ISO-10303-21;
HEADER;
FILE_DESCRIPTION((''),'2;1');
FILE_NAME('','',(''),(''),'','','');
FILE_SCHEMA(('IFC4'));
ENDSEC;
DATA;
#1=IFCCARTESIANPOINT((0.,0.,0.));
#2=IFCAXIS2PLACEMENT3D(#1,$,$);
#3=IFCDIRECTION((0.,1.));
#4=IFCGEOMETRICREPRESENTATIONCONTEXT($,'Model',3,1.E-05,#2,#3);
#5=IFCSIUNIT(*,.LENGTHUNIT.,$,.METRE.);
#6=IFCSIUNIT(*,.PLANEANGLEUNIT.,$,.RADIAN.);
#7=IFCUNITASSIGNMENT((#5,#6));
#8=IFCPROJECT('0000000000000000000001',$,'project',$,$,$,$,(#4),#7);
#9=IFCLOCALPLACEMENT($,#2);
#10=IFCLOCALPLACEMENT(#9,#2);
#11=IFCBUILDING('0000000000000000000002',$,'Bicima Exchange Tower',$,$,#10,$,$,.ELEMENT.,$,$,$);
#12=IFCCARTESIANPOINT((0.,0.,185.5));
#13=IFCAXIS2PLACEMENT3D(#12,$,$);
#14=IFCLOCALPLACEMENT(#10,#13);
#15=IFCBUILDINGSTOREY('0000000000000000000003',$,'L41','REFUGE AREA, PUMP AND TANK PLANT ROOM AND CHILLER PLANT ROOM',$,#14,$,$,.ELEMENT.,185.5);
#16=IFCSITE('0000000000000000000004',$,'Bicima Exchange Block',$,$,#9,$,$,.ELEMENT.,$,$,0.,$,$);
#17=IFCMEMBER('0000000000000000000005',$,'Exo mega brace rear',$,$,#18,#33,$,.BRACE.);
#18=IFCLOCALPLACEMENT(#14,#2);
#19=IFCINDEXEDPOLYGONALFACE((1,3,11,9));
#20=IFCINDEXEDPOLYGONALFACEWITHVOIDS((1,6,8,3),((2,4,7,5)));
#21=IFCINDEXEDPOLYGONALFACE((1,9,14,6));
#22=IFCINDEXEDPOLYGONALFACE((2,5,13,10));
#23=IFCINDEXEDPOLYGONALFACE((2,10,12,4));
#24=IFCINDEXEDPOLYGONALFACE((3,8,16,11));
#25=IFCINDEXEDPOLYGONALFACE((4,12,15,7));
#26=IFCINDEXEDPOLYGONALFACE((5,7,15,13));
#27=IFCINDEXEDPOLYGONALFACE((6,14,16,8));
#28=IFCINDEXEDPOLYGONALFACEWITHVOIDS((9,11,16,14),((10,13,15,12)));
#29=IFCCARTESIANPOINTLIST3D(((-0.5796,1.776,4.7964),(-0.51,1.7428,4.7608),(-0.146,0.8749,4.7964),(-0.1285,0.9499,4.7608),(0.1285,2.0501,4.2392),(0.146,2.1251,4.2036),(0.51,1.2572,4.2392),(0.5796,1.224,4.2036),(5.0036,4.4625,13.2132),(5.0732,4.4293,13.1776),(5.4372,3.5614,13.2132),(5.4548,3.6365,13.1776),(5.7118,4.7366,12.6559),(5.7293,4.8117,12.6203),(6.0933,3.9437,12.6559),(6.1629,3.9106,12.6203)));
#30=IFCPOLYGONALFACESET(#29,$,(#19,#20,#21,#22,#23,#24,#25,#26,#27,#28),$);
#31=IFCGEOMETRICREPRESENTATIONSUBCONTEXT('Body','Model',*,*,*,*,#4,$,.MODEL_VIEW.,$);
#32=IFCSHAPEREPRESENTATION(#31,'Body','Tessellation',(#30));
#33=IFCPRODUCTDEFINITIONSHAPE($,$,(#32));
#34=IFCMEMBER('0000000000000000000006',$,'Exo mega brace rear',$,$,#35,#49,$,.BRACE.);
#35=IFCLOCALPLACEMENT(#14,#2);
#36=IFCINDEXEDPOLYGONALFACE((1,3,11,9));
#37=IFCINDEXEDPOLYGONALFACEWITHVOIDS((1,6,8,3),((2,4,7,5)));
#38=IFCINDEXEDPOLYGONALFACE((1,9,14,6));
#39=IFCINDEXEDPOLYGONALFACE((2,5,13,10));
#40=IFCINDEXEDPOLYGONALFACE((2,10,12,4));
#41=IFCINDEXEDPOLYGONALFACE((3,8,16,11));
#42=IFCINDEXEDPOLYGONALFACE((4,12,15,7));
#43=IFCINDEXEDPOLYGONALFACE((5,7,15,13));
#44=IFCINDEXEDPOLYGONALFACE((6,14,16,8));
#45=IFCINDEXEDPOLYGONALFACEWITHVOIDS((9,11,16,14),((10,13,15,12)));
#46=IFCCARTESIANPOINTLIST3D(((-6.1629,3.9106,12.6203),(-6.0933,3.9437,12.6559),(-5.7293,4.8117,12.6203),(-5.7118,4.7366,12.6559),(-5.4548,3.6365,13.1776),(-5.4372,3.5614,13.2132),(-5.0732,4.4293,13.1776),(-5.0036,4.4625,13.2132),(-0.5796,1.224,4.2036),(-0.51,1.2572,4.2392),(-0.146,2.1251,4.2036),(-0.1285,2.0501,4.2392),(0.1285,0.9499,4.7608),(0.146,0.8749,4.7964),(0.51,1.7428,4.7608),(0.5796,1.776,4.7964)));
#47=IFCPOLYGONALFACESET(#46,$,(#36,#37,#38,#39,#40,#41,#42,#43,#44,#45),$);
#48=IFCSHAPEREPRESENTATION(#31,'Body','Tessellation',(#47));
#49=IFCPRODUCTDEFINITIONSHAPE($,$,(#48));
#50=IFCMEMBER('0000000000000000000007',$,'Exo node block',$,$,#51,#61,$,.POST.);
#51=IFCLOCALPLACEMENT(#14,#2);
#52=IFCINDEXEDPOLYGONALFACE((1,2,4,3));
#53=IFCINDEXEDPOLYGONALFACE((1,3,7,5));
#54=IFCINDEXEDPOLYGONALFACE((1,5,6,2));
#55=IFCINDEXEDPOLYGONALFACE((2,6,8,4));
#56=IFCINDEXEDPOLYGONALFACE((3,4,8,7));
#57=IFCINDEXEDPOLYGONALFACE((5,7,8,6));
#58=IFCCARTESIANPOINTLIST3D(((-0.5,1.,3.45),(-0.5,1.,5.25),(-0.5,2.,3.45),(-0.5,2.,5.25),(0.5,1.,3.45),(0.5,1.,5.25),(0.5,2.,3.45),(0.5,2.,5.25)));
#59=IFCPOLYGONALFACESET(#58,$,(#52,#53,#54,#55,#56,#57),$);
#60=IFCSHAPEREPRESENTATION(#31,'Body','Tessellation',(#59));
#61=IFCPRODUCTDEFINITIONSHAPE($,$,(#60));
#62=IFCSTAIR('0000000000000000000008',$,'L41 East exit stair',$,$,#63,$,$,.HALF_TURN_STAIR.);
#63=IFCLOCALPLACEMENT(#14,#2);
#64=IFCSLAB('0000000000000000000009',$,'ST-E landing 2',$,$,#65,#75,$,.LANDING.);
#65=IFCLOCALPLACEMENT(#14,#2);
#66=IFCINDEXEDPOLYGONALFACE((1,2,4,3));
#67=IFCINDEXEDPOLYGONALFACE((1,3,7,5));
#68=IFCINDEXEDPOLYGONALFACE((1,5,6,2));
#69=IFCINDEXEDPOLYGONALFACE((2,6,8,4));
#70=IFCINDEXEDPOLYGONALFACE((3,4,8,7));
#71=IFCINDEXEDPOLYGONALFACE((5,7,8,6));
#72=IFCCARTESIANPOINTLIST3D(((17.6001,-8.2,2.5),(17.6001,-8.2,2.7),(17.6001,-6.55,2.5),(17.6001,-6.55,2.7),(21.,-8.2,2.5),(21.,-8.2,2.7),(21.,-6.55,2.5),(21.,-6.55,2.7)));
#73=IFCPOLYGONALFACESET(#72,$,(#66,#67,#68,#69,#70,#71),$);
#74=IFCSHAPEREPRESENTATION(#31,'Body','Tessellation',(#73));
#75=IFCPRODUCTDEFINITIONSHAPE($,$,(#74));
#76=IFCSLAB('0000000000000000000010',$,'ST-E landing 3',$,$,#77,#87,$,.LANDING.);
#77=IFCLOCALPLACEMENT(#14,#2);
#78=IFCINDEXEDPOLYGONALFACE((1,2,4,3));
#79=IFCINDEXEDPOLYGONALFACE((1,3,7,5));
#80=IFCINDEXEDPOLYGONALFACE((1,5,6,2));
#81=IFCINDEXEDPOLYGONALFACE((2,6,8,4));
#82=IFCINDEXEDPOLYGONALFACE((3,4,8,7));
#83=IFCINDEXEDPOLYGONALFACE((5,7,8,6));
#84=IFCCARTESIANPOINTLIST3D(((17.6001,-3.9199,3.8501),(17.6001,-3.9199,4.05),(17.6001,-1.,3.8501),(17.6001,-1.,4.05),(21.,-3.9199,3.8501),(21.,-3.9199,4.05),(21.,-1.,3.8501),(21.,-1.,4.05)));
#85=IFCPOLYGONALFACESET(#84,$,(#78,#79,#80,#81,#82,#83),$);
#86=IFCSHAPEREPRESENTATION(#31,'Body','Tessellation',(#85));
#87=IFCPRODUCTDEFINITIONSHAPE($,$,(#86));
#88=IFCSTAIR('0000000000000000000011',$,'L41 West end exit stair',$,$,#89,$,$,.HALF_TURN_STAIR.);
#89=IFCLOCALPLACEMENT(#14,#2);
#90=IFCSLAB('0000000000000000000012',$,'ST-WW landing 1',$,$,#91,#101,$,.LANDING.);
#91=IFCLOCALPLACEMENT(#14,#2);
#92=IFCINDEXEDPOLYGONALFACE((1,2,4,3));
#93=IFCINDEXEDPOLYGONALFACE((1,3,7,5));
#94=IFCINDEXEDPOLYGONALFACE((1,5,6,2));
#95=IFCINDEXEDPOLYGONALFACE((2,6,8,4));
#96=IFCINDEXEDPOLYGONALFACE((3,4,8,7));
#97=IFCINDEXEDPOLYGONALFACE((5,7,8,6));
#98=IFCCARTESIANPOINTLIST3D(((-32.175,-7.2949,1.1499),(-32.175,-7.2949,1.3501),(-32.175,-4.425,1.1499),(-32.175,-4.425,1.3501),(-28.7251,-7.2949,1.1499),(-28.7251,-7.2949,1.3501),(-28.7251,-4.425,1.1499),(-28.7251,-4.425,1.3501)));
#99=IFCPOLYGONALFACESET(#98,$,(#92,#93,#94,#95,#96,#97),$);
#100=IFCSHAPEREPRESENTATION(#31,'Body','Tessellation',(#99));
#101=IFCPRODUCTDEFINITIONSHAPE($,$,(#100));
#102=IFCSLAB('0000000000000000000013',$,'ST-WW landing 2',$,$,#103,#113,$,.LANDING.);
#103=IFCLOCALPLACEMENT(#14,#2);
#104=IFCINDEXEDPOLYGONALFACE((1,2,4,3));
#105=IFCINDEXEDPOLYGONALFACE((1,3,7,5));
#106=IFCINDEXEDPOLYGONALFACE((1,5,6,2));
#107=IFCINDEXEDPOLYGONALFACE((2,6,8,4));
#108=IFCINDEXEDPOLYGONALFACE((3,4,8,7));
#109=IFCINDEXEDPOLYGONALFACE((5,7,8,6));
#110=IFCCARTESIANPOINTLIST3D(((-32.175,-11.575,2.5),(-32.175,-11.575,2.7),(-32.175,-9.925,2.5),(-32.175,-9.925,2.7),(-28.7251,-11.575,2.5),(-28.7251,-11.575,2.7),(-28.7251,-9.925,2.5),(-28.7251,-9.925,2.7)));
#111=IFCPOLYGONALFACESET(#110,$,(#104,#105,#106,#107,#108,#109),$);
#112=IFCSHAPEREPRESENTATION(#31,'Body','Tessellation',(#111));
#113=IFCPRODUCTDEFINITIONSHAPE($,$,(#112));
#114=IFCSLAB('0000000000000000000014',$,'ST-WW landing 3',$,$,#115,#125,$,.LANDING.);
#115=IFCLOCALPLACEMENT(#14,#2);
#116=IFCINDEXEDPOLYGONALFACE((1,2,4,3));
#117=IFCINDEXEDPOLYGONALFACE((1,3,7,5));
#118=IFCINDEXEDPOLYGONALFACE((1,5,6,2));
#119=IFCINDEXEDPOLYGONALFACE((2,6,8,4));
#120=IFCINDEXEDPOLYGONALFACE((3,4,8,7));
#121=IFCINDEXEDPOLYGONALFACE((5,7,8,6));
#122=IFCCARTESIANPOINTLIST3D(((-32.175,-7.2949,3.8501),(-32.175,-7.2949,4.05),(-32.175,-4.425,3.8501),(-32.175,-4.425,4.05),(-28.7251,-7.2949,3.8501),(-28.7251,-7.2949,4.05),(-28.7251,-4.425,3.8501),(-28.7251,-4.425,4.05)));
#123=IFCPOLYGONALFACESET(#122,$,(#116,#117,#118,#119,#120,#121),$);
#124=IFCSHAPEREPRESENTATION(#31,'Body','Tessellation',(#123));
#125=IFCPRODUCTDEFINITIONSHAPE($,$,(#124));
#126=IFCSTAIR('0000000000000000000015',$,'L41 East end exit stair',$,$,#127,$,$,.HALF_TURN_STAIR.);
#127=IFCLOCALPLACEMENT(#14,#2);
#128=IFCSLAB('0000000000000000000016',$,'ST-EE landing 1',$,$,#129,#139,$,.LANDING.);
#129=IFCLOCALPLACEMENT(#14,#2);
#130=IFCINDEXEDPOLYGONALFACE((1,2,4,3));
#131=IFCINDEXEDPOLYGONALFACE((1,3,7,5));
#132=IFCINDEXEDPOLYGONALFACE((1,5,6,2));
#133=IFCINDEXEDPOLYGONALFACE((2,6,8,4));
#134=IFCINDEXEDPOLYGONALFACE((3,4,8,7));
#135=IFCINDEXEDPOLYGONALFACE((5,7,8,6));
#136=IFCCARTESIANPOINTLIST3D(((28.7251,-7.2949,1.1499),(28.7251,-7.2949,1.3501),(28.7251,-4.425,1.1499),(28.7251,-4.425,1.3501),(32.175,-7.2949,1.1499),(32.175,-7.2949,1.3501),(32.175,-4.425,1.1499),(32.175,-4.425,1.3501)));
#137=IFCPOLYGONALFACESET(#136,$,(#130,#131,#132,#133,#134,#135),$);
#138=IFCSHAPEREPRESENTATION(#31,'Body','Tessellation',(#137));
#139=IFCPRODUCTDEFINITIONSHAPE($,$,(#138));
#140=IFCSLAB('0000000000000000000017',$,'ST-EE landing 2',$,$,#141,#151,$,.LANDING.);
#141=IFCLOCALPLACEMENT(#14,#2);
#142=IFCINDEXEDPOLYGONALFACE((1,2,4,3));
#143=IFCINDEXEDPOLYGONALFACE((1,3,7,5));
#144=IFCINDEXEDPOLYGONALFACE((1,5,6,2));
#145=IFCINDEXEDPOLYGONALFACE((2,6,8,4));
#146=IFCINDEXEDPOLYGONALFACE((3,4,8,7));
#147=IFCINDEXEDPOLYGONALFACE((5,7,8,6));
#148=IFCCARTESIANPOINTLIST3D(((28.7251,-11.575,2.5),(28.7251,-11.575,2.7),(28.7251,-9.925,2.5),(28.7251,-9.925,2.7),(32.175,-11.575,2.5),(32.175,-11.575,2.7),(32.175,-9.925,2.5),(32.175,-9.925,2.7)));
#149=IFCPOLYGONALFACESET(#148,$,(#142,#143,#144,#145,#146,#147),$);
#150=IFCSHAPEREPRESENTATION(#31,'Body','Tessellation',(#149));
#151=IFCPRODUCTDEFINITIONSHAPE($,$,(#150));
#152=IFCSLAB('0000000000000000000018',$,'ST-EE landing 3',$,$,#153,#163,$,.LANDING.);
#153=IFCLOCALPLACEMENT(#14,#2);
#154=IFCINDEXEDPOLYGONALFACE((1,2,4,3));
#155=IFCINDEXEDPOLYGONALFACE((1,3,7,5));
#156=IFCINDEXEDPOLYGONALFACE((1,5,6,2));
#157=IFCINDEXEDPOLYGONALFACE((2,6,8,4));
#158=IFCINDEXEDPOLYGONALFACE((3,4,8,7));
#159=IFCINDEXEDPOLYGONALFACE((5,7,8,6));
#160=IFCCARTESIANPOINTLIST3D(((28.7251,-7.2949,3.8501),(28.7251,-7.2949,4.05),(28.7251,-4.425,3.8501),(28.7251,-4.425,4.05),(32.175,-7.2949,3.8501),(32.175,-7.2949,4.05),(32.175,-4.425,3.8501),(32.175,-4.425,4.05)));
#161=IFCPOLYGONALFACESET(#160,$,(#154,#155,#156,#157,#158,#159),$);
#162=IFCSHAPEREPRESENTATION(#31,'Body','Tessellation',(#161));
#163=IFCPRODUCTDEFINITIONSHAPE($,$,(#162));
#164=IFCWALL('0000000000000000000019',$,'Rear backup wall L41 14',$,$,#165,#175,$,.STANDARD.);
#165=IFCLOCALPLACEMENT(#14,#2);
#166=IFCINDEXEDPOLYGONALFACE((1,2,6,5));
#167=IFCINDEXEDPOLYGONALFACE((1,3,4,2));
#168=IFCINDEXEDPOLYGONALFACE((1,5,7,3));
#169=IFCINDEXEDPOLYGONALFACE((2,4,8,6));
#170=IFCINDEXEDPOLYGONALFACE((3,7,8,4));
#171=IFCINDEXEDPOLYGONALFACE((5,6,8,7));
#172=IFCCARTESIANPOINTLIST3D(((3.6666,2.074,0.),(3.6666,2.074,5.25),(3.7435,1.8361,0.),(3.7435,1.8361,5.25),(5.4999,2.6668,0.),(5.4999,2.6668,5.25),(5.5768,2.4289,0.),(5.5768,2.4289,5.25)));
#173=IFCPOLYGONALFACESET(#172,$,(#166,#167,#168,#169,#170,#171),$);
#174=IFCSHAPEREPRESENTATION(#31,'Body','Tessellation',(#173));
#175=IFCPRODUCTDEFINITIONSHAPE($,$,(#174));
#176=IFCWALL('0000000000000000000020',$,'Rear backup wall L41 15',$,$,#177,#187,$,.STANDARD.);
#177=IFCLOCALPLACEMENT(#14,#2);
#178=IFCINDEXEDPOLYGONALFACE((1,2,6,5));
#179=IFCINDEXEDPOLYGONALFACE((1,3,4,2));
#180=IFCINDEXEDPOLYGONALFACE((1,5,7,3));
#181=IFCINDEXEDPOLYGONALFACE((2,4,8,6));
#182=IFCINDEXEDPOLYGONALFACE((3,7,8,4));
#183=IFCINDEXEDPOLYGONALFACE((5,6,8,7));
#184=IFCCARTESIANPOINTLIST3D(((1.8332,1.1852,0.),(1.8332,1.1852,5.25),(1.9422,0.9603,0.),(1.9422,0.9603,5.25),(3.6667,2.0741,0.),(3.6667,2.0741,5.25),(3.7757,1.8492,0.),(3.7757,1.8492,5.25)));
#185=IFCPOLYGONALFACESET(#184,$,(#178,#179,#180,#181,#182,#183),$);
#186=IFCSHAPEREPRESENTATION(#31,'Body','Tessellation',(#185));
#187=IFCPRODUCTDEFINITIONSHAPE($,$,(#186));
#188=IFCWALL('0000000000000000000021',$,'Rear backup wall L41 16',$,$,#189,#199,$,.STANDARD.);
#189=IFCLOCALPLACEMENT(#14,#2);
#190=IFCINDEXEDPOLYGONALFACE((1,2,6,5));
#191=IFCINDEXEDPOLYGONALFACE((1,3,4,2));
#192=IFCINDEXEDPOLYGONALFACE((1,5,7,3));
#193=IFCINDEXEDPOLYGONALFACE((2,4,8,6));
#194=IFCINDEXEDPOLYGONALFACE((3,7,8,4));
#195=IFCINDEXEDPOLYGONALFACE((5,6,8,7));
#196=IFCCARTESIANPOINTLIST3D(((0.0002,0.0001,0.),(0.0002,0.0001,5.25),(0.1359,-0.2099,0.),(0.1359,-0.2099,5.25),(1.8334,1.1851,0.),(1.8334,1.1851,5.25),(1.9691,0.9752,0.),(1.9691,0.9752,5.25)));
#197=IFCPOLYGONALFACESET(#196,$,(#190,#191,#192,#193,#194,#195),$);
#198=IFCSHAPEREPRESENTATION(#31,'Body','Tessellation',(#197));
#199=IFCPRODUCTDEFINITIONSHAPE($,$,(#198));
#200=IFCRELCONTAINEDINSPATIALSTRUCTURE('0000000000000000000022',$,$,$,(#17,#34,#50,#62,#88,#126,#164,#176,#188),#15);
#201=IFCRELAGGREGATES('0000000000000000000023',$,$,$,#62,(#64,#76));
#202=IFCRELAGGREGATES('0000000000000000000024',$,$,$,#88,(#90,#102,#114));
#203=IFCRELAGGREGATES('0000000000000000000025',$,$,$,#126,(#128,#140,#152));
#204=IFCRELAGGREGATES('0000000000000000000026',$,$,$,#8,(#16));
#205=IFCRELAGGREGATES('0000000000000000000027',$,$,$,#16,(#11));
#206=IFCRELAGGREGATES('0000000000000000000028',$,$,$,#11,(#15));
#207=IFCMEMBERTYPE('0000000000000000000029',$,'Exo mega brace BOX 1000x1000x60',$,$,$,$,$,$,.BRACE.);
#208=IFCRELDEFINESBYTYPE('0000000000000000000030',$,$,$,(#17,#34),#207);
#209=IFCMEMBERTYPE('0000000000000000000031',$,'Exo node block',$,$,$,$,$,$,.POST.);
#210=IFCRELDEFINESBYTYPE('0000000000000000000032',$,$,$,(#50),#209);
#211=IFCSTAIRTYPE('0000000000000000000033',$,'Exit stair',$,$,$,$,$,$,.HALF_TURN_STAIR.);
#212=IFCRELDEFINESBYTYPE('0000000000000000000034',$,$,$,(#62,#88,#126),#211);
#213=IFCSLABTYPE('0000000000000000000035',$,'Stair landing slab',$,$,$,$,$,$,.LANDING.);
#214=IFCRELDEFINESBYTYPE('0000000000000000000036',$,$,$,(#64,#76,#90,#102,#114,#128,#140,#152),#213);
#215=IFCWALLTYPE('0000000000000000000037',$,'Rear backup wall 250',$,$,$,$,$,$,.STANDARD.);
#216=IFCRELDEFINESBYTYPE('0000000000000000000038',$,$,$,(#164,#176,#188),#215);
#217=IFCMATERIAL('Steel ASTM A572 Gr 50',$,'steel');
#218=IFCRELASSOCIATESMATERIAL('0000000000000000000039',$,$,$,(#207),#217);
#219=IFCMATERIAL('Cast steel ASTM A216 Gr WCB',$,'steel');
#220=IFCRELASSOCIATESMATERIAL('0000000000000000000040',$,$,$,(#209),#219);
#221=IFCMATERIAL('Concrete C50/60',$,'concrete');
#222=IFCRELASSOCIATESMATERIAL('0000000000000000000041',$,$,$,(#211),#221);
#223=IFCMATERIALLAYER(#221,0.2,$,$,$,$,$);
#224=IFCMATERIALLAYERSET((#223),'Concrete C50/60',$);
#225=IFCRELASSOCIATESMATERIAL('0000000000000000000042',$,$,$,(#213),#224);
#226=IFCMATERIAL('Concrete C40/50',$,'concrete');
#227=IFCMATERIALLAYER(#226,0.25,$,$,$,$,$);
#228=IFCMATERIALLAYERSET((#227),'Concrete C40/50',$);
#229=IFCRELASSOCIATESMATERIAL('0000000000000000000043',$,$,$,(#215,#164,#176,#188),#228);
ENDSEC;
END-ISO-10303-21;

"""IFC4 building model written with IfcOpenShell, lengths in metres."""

from ifc_helpers import new_model, si_unit, direction, frame, frame_2d, origin, origin_2d, place, context, subcontext, project, spatial, polyline, rectangle, hollow_rectangle, outline, extrude, material, layer, layer_set, layer_usage, material_profile, profile_set, type_object, element, aggregate, save


model = new_model("IFC4")

# Units and contexts
model_context = context("Model", 3, precision=1e-05, world=origin(), true_north=direction((0.0, 1.0)))
body_context = subcontext(model_context, "Body", "Model", "MODEL_VIEW")
ifc_project = project(units=[si_unit("LENGTHUNIT", "METRE"), si_unit("PLANEANGLEUNIT", "RADIAN")], contexts=[model_context])

# Site, building, storey
site_placement = place(None, origin())
site = spatial("IfcSite", under=ifc_project, at=site_placement, Name="Bicima Exchange Block", CompositionType="ELEMENT", RefElevation=0.0)
building_placement = place(site_placement, origin())
building = spatial("IfcBuilding", under=site, at=building_placement, Name="Bicima Exchange Tower", CompositionType="ELEMENT")
storey_placement = place(building_placement, frame((0.0, 0.0, 185.5)))
storey = spatial("IfcBuildingStorey", under=building, at=storey_placement, Name="L41", Description="REFUGE AREA, PUMP AND TANK PLANT ROOM AND CHILLER PLANT ROOM", CompositionType="ELEMENT", Elevation=185.5)

# Members
ifc_material_1 = material(Name="Steel ASTM A572 Gr 50", Category="steel")
ifc_material_profile_1 = material_profile(ifc_material_1, hollow_rectangle(XDim=1.0, YDim=1.0, WallThickness=0.0601, at=origin_2d()))
ifc_profile_set_1 = profile_set([ifc_material_profile_1], Name="Steel ASTM A572 Gr 50")
member_type_1 = type_object("IfcMemberType", Name="Exo mega brace BOX 1000x1000x60", PredefinedType="BRACE", material=ifc_profile_set_1)
for number, where, z_axis, x_axis, name in (
    (1, (0.0, 1.5, 4.5), (0.534211, 0.257049, 0.805323), (-0.433592, 0.901109, 0.0), "Exo mega brace rear"),
    (2, (0.0, 1.5, 4.5), (-0.534211, 0.257049, 0.805323), (-0.433592, -0.901109, 0.0), "Exo mega brace rear"),
):
    element("IfcMember", number, at=place(storey_placement, frame(where, z_axis=z_axis, x_axis=x_axis)), inside=storey, type_object=member_type_1, Name=name, PredefinedType="BRACE", context=body_context, shape_type="SweptSolid", body=[
        extrude(hollow_rectangle(XDim=1.0, YDim=1.0, WallThickness=0.0601, at=origin_2d()), origin(), (0.0, 0.0, 1.0), 10.4514),
    ])
ifc_material_2 = material(Name="Cast steel ASTM A216 Gr WCB", Category="steel")
ifc_material_profile_2 = material_profile(ifc_material_2, rectangle(XDim=1.0, YDim=1.0, at=origin_2d()))
ifc_profile_set_2 = profile_set([ifc_material_profile_2], Name="Cast steel ASTM A216 Gr WCB")
member_type_2 = type_object("IfcMemberType", Name="Exo node block", PredefinedType="POST", material=ifc_profile_set_2)
member_placement = place(storey_placement, frame((0.0, 1.5, 3.45), z_axis=(0.0, 0.0, 1.0), x_axis=(1.0, 0.0, 0.0)))
element("IfcMember", 3, at=member_placement, inside=storey, type_object=member_type_2, Name="Exo node block", PredefinedType="POST", context=body_context, shape_type="SweptSolid", body=[
    extrude(rectangle(XDim=1.0, YDim=1.0, at=origin_2d()), origin(), (0.0, 0.0, 1.0), 1.8),
])

# Stairs, slabs
ifc_material_3 = material(Name="Concrete C50/60", Category="concrete")
stair_type = type_object("IfcStairType", Name="Exit stair", PredefinedType="HALF_TURN_STAIR", material=ifc_material_3)
stair_1_placement = place(storey_placement, origin())
stair_1 = element("IfcStair", 4, at=stair_1_placement, inside=storey, type_object=stair_type, Name="L41 East exit stair", PredefinedType="HALF_TURN_STAIR")
ifc_layer_1 = layer(ifc_material_3, 0.2)
ifc_layer_set_1 = layer_set([ifc_layer_1], Name="Concrete C50/60")
slab_type = type_object("IfcSlabType", Name="Stair landing slab", PredefinedType="LANDING", material=ifc_layer_set_1)
slab_1_placement = place(storey_placement, frame((0.0, 0.0, 2.5)))
slab_1 = element("IfcSlab", 5, at=slab_1_placement, type_object=slab_type, Name="ST-E landing 2", PredefinedType="LANDING", context=body_context, shape_type="SweptSolid", body=[
    extrude(outline(polyline([(21.0, -8.2), (21.0, -6.55), (17.6001, -6.55), (17.6001, -8.2), (21.0, -8.2)])), origin(), (0.0, 0.0, 1.0), 0.2),
])
slab_2_placement = place(storey_placement, frame((0.0, 0.0, 3.8501)))
slab_2 = element("IfcSlab", 6, at=slab_2_placement, type_object=slab_type, Name="ST-E landing 3", PredefinedType="LANDING", context=body_context, shape_type="SweptSolid", body=[
    extrude(outline(polyline([(21.0, -3.9199), (21.0, -1.0), (17.6001, -1.0), (17.6001, -3.9199), (21.0, -3.9199)])), origin(), (0.0, 0.0, 1.0), 0.2),
])
aggregate(stair_1, [slab_1, slab_2])
stair_2_placement = place(storey_placement, origin())
stair_2 = element("IfcStair", 7, at=stair_2_placement, inside=storey, type_object=stair_type, Name="L41 West end exit stair", PredefinedType="HALF_TURN_STAIR")
slab_3_placement = place(storey_placement, frame((0.0, 0.0, 1.1499)))
slab_3 = element("IfcSlab", 8, at=slab_3_placement, type_object=slab_type, Name="ST-WW landing 1", PredefinedType="LANDING", context=body_context, shape_type="SweptSolid", body=[
    extrude(outline(polyline([(-28.7251, -7.2949), (-28.7251, -4.425), (-32.175, -4.425), (-32.175, -7.2949), (-28.7251, -7.2949)])), origin(), (0.0, 0.0, 1.0), 0.2002),
])
slab_4_placement = place(storey_placement, frame((0.0, 0.0, 2.5)))
slab_4 = element("IfcSlab", 9, at=slab_4_placement, type_object=slab_type, Name="ST-WW landing 2", PredefinedType="LANDING", context=body_context, shape_type="SweptSolid", body=[
    extrude(outline(polyline([(-28.7251, -11.575), (-28.7251, -9.925), (-32.175, -9.925), (-32.175, -11.575), (-28.7251, -11.575)])), origin(), (0.0, 0.0, 1.0), 0.2),
])
slab_5_placement = place(storey_placement, frame((0.0, 0.0, 3.8501)))
slab_5 = element("IfcSlab", 10, at=slab_5_placement, type_object=slab_type, Name="ST-WW landing 3", PredefinedType="LANDING", context=body_context, shape_type="SweptSolid", body=[
    extrude(outline(polyline([(-28.7251, -7.2949), (-28.7251, -4.425), (-32.175, -4.425), (-32.175, -7.2949), (-28.7251, -7.2949)])), origin(), (0.0, 0.0, 1.0), 0.2),
])
aggregate(stair_2, [slab_3, slab_4, slab_5])
stair_3_placement = place(storey_placement, origin())
stair_3 = element("IfcStair", 11, at=stair_3_placement, inside=storey, type_object=stair_type, Name="L41 East end exit stair", PredefinedType="HALF_TURN_STAIR")
slab_6_placement = place(storey_placement, frame((0.0, 0.0, 1.1499)))
slab_6 = element("IfcSlab", 12, at=slab_6_placement, type_object=slab_type, Name="ST-EE landing 1", PredefinedType="LANDING", context=body_context, shape_type="SweptSolid", body=[
    extrude(outline(polyline([(32.175, -7.2949), (32.175, -4.425), (28.7251, -4.425), (28.7251, -7.2949), (32.175, -7.2949)])), origin(), (0.0, 0.0, 1.0), 0.2002),
])
slab_7_placement = place(storey_placement, frame((0.0, 0.0, 2.5)))
slab_7 = element("IfcSlab", 13, at=slab_7_placement, type_object=slab_type, Name="ST-EE landing 2", PredefinedType="LANDING", context=body_context, shape_type="SweptSolid", body=[
    extrude(outline(polyline([(32.175, -11.575), (32.175, -9.925), (28.7251, -9.925), (28.7251, -11.575), (32.175, -11.575)])), origin(), (0.0, 0.0, 1.0), 0.2),
])
slab_8_placement = place(storey_placement, frame((0.0, 0.0, 3.8501)))
slab_8 = element("IfcSlab", 14, at=slab_8_placement, type_object=slab_type, Name="ST-EE landing 3", PredefinedType="LANDING", context=body_context, shape_type="SweptSolid", body=[
    extrude(outline(polyline([(32.175, -7.2949), (32.175, -4.425), (28.7251, -4.425), (28.7251, -7.2949), (32.175, -7.2949)])), origin(), (0.0, 0.0, 1.0), 0.2),
])
aggregate(stair_3, [slab_6, slab_7, slab_8])

# Walls
ifc_material_4 = material(Name="Concrete C40/50", Category="concrete")
ifc_layer_2 = layer(ifc_material_4, 0.25)
ifc_layer_set_2 = layer_set([ifc_layer_2], Name="Concrete C40/50")
ifc_layer_usage = layer_usage(ifc_layer_set_2, "AXIS2", "POSITIVE", -0.125)
wall_type = type_object("IfcWallType", Name="Rear backup wall 250", PredefinedType="STANDARD", material=ifc_layer_set_2)
wall_1_placement = place(storey_placement, frame((5.5383, 2.5479, 0.0), z_axis=(0.0, 0.0, 1.0), x_axis=(-0.951496, -0.307662, 0.0)))
element("IfcWall", 15, at=wall_1_placement, inside=storey, type_object=wall_type, material=ifc_layer_usage, Name="Rear backup wall L41 14", PredefinedType="STANDARD", context=body_context, shape_type="SweptSolid", body=[
    extrude(rectangle(XDim=1.9268, YDim=0.25, at=frame_2d((0.9634, 0.0))), origin(), (0.0, 0.0, 1.0), 5.25),
])
wall_2_placement = place(storey_placement, frame((3.7212, 1.9617, 0.0), z_axis=(0.0, 0.0, 1.0), x_axis=(-0.899824, -0.436253, 0.0)))
element("IfcWall", 16, at=wall_2_placement, inside=storey, type_object=wall_type, material=ifc_layer_usage, Name="Rear backup wall L41 15", PredefinedType="STANDARD", context=body_context, shape_type="SweptSolid", body=[
    extrude(rectangle(XDim=2.0376, YDim=0.25, at=frame_2d((1.0188, 0.0))), origin(), (0.0, 0.0, 1.0), 5.25),
])
wall_3_placement = place(storey_placement, frame((1.9011, 1.0801, 0.0), z_axis=(0.0, 0.0, 1.0), x_axis=(-0.839813, -0.542876, 0.0)))
element("IfcWall", 17, at=wall_3_placement, inside=storey, type_object=wall_type, material=ifc_layer_usage, Name="Rear backup wall L41 16", PredefinedType="STANDARD", context=body_context, shape_type="SweptSolid", body=[
    extrude(rectangle(XDim=2.1829, YDim=0.25, at=frame_2d((1.0913, 0.0))), origin(), (0.0, 0.0, 1.0), 5.25),
])

save(model, "model.ifc")
